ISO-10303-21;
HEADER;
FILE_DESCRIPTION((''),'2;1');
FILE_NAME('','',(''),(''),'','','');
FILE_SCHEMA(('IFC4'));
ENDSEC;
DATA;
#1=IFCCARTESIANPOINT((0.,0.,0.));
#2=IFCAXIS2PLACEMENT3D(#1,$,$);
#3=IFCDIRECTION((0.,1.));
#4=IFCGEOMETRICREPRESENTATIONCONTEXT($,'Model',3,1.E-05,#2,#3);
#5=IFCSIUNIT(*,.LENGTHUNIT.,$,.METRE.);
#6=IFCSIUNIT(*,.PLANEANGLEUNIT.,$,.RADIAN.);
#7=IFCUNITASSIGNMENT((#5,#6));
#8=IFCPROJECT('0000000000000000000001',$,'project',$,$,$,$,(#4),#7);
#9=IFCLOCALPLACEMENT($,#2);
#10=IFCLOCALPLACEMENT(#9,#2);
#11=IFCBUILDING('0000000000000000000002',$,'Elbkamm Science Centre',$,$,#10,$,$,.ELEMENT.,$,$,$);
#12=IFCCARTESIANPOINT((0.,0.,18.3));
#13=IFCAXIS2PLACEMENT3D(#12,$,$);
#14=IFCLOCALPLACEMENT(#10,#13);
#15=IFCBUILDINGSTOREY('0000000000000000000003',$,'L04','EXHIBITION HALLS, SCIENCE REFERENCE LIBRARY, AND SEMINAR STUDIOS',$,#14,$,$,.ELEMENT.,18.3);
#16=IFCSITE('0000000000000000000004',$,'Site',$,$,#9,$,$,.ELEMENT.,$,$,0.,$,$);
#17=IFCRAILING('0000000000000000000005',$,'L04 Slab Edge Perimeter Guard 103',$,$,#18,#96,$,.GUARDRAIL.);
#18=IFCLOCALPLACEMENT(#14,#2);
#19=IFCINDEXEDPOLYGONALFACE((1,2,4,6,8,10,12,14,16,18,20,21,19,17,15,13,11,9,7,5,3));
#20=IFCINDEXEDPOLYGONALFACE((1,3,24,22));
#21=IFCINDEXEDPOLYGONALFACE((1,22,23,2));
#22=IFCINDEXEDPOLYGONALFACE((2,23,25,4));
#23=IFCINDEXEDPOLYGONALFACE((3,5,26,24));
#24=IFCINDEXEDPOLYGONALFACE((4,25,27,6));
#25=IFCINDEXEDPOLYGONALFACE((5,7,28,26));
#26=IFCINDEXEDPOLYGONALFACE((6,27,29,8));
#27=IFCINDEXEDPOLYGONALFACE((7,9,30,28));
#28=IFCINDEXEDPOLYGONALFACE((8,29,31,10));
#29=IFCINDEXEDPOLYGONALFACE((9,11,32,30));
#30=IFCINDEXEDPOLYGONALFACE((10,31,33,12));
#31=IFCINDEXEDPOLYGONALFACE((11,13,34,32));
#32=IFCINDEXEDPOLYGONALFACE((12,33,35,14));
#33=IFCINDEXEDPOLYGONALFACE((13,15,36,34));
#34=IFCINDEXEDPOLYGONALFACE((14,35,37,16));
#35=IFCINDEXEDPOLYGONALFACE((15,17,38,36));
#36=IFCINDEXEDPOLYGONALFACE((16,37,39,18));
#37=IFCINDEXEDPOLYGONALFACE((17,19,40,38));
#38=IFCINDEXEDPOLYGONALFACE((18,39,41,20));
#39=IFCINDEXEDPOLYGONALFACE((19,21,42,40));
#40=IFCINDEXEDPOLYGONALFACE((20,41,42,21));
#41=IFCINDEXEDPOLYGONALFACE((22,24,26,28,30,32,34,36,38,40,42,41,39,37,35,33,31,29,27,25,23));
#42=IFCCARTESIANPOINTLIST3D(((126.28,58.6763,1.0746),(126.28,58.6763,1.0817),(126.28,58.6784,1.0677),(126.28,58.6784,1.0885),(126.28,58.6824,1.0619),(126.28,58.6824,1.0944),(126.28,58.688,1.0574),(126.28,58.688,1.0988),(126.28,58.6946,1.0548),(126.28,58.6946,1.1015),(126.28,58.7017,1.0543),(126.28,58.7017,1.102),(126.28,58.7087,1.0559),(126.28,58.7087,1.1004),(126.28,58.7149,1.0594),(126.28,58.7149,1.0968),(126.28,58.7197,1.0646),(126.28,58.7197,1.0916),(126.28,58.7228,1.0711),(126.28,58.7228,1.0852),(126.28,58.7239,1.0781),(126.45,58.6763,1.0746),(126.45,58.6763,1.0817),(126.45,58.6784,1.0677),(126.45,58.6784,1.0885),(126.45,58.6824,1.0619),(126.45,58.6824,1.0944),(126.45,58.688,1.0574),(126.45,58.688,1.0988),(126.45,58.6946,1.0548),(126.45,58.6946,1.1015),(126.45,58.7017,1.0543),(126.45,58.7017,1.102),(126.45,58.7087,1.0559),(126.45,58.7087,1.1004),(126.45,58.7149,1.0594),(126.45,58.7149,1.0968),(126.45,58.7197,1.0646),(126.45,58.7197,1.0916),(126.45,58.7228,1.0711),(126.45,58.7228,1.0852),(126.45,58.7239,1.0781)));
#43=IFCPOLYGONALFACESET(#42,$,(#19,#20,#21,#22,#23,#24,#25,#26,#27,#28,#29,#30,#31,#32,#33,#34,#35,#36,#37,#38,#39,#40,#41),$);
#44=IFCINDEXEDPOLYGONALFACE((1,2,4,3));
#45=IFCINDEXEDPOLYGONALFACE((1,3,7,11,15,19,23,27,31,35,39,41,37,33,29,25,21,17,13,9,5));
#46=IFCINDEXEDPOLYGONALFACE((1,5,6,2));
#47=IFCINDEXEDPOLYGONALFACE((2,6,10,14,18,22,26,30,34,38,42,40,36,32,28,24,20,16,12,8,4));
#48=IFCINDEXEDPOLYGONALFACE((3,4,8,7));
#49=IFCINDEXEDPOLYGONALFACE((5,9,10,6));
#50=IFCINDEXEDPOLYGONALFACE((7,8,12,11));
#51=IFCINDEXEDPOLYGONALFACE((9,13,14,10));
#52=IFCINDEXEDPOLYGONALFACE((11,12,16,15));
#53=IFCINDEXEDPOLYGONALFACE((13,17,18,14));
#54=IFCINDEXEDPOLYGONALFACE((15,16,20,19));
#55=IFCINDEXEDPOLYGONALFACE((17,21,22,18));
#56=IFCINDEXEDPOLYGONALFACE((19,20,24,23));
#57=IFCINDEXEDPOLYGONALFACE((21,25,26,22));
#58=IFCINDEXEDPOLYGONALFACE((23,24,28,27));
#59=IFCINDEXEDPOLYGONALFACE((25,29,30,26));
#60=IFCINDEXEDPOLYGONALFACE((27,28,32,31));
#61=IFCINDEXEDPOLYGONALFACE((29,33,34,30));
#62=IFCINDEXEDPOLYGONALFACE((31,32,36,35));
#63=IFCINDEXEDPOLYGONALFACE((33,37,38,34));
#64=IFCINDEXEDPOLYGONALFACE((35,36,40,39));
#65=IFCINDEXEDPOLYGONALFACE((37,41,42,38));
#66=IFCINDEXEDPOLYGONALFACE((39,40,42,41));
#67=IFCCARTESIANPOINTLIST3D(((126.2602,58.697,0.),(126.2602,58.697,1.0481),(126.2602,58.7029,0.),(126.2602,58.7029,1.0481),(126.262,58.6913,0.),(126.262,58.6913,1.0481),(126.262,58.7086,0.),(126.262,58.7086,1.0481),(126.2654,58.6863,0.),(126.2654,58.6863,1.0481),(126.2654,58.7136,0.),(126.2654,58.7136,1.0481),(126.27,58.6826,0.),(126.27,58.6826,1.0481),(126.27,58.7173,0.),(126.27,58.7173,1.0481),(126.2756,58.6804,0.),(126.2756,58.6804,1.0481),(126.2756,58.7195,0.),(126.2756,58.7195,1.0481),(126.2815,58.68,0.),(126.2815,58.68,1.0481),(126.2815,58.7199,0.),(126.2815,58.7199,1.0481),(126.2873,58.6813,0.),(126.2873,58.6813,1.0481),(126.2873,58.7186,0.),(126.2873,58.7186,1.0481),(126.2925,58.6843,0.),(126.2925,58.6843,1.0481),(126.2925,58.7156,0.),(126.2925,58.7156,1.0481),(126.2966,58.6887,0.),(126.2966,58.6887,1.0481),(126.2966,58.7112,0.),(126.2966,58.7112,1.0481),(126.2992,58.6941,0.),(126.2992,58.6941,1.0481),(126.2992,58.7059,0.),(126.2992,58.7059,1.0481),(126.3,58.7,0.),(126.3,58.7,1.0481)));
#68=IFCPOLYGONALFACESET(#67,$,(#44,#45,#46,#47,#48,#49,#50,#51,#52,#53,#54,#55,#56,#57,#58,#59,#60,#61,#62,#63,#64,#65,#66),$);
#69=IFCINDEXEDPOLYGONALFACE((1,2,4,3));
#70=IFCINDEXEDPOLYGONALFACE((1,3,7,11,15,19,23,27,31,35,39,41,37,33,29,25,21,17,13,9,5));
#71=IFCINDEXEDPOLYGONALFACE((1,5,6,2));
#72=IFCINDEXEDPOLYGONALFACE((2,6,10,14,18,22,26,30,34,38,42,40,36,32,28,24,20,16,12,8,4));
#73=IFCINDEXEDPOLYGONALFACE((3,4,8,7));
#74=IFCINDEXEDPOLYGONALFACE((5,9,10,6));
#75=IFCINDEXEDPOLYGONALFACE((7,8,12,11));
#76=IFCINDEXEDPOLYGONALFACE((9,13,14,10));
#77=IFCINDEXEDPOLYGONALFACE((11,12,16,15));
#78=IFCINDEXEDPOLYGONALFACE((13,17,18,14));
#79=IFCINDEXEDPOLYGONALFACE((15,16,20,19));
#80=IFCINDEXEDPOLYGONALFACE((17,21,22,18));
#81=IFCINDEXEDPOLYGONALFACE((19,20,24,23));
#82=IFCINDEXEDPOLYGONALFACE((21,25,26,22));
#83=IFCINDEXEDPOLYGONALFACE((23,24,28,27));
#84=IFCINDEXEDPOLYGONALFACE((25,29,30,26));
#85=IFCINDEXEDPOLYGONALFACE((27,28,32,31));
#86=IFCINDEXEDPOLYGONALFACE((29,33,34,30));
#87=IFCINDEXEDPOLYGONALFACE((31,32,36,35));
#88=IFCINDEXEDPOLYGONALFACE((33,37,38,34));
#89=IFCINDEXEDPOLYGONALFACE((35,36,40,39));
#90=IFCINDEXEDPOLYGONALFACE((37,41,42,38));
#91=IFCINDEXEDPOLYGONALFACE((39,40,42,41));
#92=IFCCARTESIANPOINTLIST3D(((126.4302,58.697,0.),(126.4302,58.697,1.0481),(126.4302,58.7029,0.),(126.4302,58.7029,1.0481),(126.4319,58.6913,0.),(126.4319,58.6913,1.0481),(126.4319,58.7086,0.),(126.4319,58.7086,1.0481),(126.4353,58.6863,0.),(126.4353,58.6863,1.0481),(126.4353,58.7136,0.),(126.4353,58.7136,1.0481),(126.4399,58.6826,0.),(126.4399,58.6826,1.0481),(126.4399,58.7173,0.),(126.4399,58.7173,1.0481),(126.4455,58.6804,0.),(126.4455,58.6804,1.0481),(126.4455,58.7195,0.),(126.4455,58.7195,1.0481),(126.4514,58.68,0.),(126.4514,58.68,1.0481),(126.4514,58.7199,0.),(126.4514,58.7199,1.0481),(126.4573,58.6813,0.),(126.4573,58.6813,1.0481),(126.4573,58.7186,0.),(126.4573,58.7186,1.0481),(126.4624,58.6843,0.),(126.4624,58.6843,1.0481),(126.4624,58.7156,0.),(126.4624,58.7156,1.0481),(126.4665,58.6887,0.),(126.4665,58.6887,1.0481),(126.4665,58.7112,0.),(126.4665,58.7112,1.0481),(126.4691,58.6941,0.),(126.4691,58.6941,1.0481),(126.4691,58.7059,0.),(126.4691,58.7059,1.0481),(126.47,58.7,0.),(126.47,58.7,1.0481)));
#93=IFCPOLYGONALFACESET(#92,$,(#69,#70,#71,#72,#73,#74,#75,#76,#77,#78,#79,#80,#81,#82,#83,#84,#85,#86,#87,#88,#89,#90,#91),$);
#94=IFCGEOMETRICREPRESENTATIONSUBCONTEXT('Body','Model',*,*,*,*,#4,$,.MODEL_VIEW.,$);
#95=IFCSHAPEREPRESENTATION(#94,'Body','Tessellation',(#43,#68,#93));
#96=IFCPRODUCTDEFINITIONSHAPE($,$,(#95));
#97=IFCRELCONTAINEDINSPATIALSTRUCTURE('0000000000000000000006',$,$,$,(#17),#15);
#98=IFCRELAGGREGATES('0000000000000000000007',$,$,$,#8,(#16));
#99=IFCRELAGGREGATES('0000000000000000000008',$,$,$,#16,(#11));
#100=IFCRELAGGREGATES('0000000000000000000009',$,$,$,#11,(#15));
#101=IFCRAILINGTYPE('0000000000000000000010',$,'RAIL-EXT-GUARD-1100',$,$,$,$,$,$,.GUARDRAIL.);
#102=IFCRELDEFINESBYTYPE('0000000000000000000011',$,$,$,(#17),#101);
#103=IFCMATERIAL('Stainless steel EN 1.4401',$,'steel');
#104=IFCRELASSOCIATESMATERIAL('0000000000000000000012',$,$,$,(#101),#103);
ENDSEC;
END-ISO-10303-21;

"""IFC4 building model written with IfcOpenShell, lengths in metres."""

from ifc_helpers import new_model, si_unit, direction, frame, origin, origin_2d, place, context, subcontext, project, spatial, circle, extrude, material, type_object, element, save


model = new_model("IFC4")

# Units and contexts
model_context = context("Model", 3, precision=1e-05, world=origin(), true_north=direction((0.0, 1.0)))
body_context = subcontext(model_context, "Body", "Model", "MODEL_VIEW")
ifc_project = project(units=[si_unit("LENGTHUNIT", "METRE"), si_unit("PLANEANGLEUNIT", "RADIAN")], contexts=[model_context])

# Site, building, storey
site_placement = place(None, origin())
site = spatial("IfcSite", under=ifc_project, at=site_placement, Name="Site", CompositionType="ELEMENT", RefElevation=0.0)
building_placement = place(site_placement, origin())
building = spatial("IfcBuilding", under=site, at=building_placement, Name="Elbkamm Science Centre", CompositionType="ELEMENT")
storey_placement = place(building_placement, frame((0.0, 0.0, 18.3)))
storey = spatial("IfcBuildingStorey", under=building, at=storey_placement, Name="L04", Description="EXHIBITION HALLS, SCIENCE REFERENCE LIBRARY, AND SEMINAR STUDIOS", CompositionType="ELEMENT", Elevation=18.3)

# Railing
ifc_material_1 = material(Name="Stainless steel EN 1.4401", Category="steel")
railing_type_1 = type_object("IfcRailingType", Name="RAIL-EXT-GUARD-1100", PredefinedType="GUARDRAIL", material=ifc_material_1)
railing_1_placement = place(storey_placement, frame((126.28, 58.7, 0.0)))
element("IfcRailing", 1, at=railing_1_placement, inside=storey, type_object=railing_type_1, Name="L04 Slab Edge Perimeter Guard 103", PredefinedType="GUARDRAIL", context=body_context, shape_type="SweptSolid", body=[
    extrude(circle(Radius=0.0239, at=origin_2d()), frame((0.0, 0.0, 1.0781), z_axis=(1.0, 0.0, 0.0), x_axis=(0.0, 1.0, 0.0)), (0.0, 0.0, 1.0), 0.1699),
    extrude(circle(Radius=0.02, at=origin_2d()), origin(), (0.0, 0.0, 1.0), 1.0481),
    extrude(circle(Radius=0.02, at=origin_2d()), frame((0.1699, 0.0, 0.0)), (0.0, 0.0, 1.0), 1.0481),
])

save(model, "model.ifc")
